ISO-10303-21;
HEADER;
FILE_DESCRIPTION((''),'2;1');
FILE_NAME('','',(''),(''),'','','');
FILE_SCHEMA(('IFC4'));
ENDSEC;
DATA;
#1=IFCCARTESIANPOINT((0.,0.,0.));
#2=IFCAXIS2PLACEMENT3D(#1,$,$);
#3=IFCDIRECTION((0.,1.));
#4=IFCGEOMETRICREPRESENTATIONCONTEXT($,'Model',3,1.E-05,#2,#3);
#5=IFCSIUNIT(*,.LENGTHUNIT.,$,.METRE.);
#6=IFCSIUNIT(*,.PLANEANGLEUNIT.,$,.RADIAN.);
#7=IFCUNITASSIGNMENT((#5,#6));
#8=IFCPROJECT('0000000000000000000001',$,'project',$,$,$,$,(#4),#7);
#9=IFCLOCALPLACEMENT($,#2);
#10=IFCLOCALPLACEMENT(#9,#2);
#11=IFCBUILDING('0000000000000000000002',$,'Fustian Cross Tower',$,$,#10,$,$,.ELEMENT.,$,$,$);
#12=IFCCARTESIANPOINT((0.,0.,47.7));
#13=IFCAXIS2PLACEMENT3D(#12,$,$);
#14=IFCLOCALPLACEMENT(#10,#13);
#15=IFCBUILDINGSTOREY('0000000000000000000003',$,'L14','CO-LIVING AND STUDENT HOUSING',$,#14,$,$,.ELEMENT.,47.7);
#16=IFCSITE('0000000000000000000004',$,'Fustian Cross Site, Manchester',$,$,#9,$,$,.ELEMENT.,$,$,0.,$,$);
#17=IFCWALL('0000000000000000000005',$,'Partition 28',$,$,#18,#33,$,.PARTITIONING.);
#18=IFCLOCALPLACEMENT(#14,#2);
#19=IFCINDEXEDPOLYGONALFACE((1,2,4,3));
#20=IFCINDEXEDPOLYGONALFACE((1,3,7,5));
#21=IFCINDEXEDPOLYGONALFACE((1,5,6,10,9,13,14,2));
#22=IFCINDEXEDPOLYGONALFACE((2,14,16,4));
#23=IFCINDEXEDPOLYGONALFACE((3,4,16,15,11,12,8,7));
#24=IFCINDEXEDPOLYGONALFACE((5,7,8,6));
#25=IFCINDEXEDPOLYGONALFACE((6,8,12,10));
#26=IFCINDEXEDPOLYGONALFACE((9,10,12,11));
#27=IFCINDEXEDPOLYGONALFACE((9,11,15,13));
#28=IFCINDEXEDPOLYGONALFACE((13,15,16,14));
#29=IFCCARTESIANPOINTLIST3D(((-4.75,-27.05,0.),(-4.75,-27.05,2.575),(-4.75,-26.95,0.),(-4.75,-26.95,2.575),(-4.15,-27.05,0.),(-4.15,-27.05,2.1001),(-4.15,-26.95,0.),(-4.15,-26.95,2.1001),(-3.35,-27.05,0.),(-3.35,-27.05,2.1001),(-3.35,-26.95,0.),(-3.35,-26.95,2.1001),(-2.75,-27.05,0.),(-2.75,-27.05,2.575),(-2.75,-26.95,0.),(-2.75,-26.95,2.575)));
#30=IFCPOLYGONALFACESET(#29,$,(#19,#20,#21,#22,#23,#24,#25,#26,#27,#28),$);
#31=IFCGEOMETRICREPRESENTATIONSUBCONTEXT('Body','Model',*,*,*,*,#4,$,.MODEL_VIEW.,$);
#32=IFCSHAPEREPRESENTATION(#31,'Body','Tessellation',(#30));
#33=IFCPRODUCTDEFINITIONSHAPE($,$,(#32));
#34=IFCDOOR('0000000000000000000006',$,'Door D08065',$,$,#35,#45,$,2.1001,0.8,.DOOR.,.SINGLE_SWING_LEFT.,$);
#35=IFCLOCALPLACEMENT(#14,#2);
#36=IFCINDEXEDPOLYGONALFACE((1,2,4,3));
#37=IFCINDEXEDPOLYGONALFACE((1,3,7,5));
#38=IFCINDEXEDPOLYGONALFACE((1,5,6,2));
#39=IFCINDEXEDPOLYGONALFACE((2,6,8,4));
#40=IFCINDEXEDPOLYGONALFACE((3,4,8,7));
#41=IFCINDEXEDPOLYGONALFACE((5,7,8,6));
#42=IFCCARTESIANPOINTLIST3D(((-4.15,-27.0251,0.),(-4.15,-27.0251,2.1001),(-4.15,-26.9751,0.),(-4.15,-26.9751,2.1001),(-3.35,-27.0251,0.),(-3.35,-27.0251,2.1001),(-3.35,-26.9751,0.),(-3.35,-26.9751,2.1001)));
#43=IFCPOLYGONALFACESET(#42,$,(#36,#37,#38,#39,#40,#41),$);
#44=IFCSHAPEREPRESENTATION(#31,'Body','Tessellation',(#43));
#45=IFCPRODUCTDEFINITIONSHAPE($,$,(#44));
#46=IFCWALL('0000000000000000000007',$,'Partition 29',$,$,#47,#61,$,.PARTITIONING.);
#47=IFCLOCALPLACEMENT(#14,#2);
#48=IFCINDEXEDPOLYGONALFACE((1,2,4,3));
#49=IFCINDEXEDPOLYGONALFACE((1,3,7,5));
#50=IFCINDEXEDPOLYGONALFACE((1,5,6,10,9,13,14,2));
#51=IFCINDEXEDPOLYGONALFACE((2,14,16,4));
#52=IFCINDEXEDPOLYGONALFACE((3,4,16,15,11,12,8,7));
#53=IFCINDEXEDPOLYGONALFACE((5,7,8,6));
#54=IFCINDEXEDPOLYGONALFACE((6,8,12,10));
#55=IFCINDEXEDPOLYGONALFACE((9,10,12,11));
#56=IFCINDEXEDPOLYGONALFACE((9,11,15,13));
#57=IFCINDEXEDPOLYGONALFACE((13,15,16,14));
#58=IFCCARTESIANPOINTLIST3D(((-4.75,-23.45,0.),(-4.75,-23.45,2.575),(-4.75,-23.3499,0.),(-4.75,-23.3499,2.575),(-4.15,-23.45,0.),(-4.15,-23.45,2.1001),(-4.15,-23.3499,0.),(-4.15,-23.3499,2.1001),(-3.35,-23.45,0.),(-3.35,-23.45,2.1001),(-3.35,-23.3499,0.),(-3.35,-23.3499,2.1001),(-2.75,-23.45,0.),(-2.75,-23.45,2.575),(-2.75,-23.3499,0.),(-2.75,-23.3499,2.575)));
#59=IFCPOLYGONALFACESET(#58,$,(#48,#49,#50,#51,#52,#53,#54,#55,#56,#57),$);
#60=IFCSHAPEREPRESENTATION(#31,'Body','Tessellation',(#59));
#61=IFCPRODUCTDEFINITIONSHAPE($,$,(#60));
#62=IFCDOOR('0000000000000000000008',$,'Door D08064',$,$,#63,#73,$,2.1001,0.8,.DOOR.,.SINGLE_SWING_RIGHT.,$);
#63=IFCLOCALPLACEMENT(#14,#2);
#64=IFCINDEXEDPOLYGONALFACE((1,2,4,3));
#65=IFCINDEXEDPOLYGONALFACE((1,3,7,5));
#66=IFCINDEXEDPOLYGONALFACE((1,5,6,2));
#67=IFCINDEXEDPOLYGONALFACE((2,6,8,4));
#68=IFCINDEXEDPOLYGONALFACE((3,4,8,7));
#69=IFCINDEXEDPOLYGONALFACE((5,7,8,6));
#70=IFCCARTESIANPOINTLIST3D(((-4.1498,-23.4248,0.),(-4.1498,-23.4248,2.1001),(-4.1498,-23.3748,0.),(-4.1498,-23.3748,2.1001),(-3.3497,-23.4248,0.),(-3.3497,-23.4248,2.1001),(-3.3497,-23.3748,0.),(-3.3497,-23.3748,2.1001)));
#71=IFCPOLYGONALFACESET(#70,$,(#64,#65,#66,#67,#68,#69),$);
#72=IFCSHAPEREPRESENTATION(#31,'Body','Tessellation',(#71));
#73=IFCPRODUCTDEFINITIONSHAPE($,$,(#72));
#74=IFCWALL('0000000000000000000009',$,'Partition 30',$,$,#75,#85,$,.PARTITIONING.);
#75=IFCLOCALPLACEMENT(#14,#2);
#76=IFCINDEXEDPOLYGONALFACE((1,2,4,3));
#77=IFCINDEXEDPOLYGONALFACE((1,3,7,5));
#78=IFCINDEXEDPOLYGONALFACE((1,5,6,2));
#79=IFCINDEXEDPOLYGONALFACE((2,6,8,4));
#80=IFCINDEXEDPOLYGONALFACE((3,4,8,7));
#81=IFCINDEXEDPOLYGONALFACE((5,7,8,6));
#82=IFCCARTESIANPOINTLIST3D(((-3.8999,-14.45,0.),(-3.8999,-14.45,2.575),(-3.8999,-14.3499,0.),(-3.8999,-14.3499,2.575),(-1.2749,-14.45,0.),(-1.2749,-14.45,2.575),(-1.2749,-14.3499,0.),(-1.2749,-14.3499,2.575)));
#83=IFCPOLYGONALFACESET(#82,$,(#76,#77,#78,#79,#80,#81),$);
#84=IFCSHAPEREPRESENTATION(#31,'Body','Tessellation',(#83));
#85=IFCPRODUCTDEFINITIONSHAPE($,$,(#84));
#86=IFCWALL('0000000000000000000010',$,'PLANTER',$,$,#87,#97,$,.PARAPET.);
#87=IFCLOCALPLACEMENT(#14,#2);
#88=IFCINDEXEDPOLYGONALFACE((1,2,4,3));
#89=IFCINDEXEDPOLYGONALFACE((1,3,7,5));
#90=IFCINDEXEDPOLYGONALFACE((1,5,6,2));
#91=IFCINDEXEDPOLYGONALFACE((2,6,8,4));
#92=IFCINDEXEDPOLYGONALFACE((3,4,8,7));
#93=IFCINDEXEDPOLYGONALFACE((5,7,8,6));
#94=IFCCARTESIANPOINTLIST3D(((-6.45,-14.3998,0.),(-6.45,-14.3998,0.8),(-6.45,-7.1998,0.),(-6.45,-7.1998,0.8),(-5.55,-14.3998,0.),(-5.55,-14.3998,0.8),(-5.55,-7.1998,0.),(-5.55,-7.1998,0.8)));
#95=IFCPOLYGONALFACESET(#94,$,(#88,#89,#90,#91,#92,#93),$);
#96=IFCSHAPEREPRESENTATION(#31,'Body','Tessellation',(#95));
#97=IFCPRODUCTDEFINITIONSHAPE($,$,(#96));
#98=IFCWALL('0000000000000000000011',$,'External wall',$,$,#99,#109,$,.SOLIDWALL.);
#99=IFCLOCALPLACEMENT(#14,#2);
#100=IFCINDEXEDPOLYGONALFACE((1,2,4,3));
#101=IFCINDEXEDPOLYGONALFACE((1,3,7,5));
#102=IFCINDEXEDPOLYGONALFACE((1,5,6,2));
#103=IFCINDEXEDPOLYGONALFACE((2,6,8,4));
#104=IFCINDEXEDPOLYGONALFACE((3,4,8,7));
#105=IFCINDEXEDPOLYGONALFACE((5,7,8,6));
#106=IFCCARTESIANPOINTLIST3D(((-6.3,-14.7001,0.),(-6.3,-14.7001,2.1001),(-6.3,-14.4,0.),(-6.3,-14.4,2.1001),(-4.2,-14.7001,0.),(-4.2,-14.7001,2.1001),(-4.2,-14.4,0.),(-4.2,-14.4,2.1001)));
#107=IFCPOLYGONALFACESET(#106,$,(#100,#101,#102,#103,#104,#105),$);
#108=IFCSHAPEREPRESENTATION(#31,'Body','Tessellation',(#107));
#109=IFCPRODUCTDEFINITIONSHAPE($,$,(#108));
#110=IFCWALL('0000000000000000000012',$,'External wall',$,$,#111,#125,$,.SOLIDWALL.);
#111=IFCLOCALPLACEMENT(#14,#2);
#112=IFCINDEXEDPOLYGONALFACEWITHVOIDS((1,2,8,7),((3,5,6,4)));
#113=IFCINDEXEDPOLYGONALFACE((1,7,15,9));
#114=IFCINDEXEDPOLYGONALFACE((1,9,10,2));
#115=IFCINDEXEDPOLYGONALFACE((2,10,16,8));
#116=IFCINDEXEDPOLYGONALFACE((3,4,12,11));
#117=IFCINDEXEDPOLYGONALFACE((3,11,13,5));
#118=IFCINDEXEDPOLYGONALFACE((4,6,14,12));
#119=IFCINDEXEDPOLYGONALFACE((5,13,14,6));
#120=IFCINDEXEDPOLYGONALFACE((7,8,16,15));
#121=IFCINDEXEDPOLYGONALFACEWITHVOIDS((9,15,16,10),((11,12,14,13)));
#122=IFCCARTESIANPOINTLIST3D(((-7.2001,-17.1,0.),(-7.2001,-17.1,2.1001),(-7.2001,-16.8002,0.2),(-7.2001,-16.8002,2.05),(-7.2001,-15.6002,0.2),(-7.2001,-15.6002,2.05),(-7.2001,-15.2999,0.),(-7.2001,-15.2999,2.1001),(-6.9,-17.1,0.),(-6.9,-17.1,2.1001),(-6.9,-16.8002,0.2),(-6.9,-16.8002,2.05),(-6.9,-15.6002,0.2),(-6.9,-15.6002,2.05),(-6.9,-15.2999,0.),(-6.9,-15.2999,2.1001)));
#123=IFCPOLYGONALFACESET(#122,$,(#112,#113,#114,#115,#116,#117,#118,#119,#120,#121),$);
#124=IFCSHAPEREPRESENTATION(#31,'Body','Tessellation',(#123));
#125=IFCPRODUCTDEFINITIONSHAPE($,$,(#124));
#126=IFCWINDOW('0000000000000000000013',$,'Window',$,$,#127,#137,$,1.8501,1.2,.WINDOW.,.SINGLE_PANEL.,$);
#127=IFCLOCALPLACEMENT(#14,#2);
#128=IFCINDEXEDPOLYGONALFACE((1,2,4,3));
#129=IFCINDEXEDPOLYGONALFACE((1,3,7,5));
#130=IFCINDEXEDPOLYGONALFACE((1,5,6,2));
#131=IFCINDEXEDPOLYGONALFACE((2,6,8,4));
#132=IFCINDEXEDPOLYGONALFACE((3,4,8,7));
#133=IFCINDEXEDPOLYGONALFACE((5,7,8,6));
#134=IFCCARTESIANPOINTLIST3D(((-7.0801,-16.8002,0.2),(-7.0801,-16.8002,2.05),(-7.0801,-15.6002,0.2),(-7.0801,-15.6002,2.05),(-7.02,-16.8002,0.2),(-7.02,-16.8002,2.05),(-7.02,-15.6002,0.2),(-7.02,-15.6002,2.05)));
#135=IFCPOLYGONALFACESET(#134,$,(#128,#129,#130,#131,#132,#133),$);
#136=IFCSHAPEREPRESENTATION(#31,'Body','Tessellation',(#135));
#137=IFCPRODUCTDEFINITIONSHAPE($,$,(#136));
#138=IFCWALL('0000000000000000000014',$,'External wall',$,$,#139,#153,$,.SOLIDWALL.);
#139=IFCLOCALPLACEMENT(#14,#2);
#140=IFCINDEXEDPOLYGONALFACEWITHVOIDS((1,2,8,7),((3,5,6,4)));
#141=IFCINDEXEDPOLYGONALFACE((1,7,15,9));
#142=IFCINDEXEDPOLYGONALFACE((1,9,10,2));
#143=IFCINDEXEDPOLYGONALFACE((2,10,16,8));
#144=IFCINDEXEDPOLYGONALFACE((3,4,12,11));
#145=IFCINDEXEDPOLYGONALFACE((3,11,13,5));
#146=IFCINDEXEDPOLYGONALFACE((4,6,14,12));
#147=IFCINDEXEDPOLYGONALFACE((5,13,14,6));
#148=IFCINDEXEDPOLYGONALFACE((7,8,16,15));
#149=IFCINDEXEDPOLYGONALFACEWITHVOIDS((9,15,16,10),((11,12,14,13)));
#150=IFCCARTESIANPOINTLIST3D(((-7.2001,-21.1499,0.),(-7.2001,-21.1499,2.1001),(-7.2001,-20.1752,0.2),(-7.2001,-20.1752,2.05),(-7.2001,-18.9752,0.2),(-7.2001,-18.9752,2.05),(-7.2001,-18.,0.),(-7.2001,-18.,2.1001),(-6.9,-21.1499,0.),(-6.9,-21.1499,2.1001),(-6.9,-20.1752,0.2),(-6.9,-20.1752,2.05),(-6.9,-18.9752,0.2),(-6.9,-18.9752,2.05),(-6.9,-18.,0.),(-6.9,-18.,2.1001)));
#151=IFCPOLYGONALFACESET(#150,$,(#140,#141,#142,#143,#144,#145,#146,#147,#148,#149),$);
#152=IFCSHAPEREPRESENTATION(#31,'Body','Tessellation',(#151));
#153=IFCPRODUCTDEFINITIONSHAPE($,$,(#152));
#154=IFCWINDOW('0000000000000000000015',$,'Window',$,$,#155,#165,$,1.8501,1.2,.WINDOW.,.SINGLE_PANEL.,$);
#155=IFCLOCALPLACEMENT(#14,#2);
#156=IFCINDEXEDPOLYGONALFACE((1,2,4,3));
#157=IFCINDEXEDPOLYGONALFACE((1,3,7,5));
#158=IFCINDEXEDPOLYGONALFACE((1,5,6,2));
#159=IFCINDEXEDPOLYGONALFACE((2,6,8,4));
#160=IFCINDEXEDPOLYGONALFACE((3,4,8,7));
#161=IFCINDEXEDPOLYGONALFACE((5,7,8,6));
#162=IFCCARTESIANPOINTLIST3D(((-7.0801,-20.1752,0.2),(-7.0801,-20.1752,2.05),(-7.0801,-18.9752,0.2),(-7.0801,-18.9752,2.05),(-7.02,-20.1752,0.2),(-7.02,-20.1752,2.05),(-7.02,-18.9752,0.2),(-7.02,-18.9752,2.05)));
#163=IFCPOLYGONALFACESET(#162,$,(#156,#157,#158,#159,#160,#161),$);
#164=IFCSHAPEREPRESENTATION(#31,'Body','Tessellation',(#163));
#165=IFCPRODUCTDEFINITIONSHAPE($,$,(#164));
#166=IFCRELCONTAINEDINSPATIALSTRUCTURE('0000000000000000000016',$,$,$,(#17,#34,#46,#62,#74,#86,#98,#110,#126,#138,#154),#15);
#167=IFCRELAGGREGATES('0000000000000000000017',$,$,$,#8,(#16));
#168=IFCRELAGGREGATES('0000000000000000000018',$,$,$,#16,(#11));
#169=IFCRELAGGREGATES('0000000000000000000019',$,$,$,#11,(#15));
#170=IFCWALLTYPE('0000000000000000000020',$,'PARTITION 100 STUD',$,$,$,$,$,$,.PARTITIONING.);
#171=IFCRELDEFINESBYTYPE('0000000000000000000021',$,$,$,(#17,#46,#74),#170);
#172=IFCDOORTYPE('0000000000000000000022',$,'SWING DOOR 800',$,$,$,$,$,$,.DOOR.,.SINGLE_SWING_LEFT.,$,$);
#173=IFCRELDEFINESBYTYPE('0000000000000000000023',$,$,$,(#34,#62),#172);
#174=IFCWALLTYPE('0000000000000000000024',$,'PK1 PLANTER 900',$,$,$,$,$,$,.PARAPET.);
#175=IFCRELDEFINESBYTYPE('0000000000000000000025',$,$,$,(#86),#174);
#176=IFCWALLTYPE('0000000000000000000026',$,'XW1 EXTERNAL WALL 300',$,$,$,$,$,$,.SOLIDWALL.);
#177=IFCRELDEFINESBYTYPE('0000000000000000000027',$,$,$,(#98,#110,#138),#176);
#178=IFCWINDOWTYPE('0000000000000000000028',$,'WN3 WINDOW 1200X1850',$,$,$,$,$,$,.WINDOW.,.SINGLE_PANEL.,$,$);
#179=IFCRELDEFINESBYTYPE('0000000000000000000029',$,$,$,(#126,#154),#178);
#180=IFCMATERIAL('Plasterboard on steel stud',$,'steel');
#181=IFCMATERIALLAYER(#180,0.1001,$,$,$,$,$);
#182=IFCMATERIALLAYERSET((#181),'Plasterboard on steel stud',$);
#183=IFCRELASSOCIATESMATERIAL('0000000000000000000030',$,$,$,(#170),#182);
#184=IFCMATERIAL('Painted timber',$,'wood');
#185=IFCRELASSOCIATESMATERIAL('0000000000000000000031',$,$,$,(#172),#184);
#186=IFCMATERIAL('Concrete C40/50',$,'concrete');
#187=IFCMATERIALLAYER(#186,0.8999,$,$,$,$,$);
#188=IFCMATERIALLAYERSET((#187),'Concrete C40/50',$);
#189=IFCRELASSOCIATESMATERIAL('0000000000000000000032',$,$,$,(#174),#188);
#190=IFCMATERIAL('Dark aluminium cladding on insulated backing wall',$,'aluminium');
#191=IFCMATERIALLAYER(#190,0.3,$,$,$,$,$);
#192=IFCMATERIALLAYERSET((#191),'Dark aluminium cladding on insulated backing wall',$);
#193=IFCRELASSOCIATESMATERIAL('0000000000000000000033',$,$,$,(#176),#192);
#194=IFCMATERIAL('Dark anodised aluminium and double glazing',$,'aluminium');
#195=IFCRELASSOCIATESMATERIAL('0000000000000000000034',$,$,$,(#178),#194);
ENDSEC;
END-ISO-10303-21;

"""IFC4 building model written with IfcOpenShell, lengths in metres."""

from ifc_helpers import new_model, si_unit, direction, frame, frame_2d, origin, place, context, subcontext, project, spatial, rectangle, extrude, material, layer, layer_set, type_object, element, fill, save


model = new_model("IFC4")

# Units and contexts
model_context = context("Model", 3, precision=1e-05, world=origin(), true_north=direction((0.0, 1.0)))
body_context = subcontext(model_context, "Body", "Model", "MODEL_VIEW")
ifc_project = project(units=[si_unit("LENGTHUNIT", "METRE"), si_unit("PLANEANGLEUNIT", "RADIAN")], contexts=[model_context])

# Site, building, storey
site_placement = place(None, origin())
site = spatial("IfcSite", under=ifc_project, at=site_placement, Name="Fustian Cross Site, Manchester", CompositionType="ELEMENT", RefElevation=0.0)
building_placement = place(site_placement, origin())
building = spatial("IfcBuilding", under=site, at=building_placement, Name="Fustian Cross Tower", CompositionType="ELEMENT")
storey_placement = place(building_placement, frame((0.0, 0.0, 47.7)))
storey = spatial("IfcBuildingStorey", under=building, at=storey_placement, Name="L14", Description="CO-LIVING AND STUDENT HOUSING", CompositionType="ELEMENT", Elevation=47.7)

# Shared definitions
ifc_material_1 = material(Name="Plasterboard on steel stud", Category="steel")
ifc_layer_1 = layer(ifc_material_1, 0.1001)
ifc_layer_set_1 = layer_set([ifc_layer_1], Name="Plasterboard on steel stud")
wall_type_1 = type_object("IfcWallType", Name="PARTITION 100 STUD", PredefinedType="PARTITIONING", material=ifc_layer_set_1)

# Walls, openings, doors
wall_1_placement = place(storey_placement, frame((-4.75, -27.0, 0.0), z_axis=(0.0, 0.0, 1.0), x_axis=(1.0, 0.0, 0.0)))
wall_1 = element("IfcWall", 1, at=wall_1_placement, inside=storey, type_object=wall_type_1, Name="Partition 28", PredefinedType="PARTITIONING", context=body_context, shape_type="SweptSolid", body=[
    extrude(rectangle(XDim=2.0, YDim=0.1001, at=frame_2d((1.0, 0.0))), origin(), (0.0, 0.0, 1.0), 2.575),
])
opening_1_placement = place(wall_1_placement, frame((0.6001, 0.0, 0.0)))
opening_1 = element("IfcOpeningElement", 2, at=opening_1_placement, cuts=wall_1, PredefinedType="OPENING", context=body_context, shape_type="SweptSolid", body=[
    extrude(rectangle(XDim=0.8, YDim=2.1001, at=frame_2d((0.3999, 1.05))), frame((0.0, 0.0601, 0.0), z_axis=(0.0, -1.0, 0.0), x_axis=(1.0, 0.0, 0.0)), (0.0, 0.0, 1.0), 0.1201),
])
ifc_material_2 = material(Name="Painted timber", Category="wood")
door_type_1 = type_object("IfcDoorType", Name="SWING DOOR 800", OperationType="SINGLE_SWING_LEFT", PredefinedType="DOOR", material=ifc_material_2)
door_1_placement = place(opening_1_placement, origin())
door_1 = element("IfcDoor", 3, at=door_1_placement, inside=storey, type_object=door_type_1, Name="Door D08065", OperationType="SINGLE_SWING_LEFT", OverallHeight=2.1001, OverallWidth=0.8, PredefinedType="DOOR", context=body_context, shape_type="SweptSolid", body=[
    extrude(rectangle(XDim=0.8, YDim=2.1001, at=frame_2d((0.3999, 1.05))), frame((0.0, 0.0249, 0.0), z_axis=(0.0, -1.0, 0.0), x_axis=(1.0, 0.0, 0.0)), (0.0, 0.0, 1.0), 0.05),
])
fill(opening_1, door_1)
wall_2_placement = place(storey_placement, frame((-4.75, -23.3999, 0.0), z_axis=(0.0, 0.0, 1.0), x_axis=(1.0, 0.0, 0.0)))
wall_2 = element("IfcWall", 4, at=wall_2_placement, inside=storey, type_object=wall_type_1, Name="Partition 29", PredefinedType="PARTITIONING", context=body_context, shape_type="SweptSolid", body=[
    extrude(rectangle(XDim=2.0, YDim=0.1001, at=frame_2d((1.0, 0.0))), origin(), (0.0, 0.0, 1.0), 2.575),
])
opening_2_placement = place(wall_2_placement, frame((0.6001, 0.0, 0.0)))
opening_2 = element("IfcOpeningElement", 5, at=opening_2_placement, cuts=wall_2, PredefinedType="OPENING", context=body_context, shape_type="SweptSolid", body=[
    extrude(rectangle(XDim=0.8, YDim=2.1001, at=frame_2d((0.3999, 1.05))), frame((0.0, 0.0601, 0.0), z_axis=(0.0, -1.0, 0.0), x_axis=(1.0, 0.0, 0.0)), (0.0, 0.0, 1.0), 0.1201),
])
door_2_placement = place(opening_2_placement, frame((0.8, 0.0, 0.0), z_axis=(0.0, 0.0, 1.0), x_axis=(-1.0, 0.0, 0.0)))
door_2 = element("IfcDoor", 6, at=door_2_placement, inside=storey, type_object=door_type_1, Name="Door D08064", OperationType="SINGLE_SWING_RIGHT", OverallHeight=2.1001, OverallWidth=0.8, PredefinedType="DOOR", context=body_context, shape_type="SweptSolid", body=[
    extrude(rectangle(XDim=0.8, YDim=2.1001, at=frame_2d((0.3999, 1.05))), frame((0.0, 0.0249, 0.0), z_axis=(0.0, -1.0, 0.0), x_axis=(1.0, 0.0, 0.0)), (0.0, 0.0, 1.0), 0.05),
])
fill(opening_2, door_2)

# Walls
wall_3_placement = place(storey_placement, frame((-3.8999, -14.3999, 0.0), z_axis=(0.0, 0.0, 1.0), x_axis=(1.0, 0.0, 0.0)))
element("IfcWall", 7, at=wall_3_placement, inside=storey, type_object=wall_type_1, Name="Partition 30", PredefinedType="PARTITIONING", context=body_context, shape_type="SweptSolid", body=[
    extrude(rectangle(XDim=2.625, YDim=0.1001, at=frame_2d((1.3125, 0.0))), origin(), (0.0, 0.0, 1.0), 2.575),
])
ifc_material_3 = material(Name="Concrete C40/50", Category="concrete")
ifc_layer_2 = layer(ifc_material_3, 0.8999)
ifc_layer_set_2 = layer_set([ifc_layer_2], Name="Concrete C40/50")
wall_type_2 = type_object("IfcWallType", Name="PK1 PLANTER 900", PredefinedType="PARAPET", material=ifc_layer_set_2)
wall_4_placement = place(storey_placement, frame((-6.0, -14.3999, 0.0), z_axis=(0.0, 0.0, 1.0), x_axis=(0.0, 1.0, 0.0)))
element("IfcWall", 8, at=wall_4_placement, inside=storey, type_object=wall_type_2, Name="PLANTER", PredefinedType="PARAPET", context=body_context, shape_type="SweptSolid", body=[
    extrude(rectangle(XDim=7.2, YDim=0.8999, at=frame_2d((3.6001, 0.0))), origin(), (0.0, 0.0, 1.0), 0.8),
])
ifc_material_4 = material(Name="Dark aluminium cladding on insulated backing wall", Category="aluminium")
ifc_layer_3 = layer(ifc_material_4, 0.3)
ifc_layer_set_3 = layer_set([ifc_layer_3], Name="Dark aluminium cladding on insulated backing wall")
wall_type_3 = type_object("IfcWallType", Name="XW1 EXTERNAL WALL 300", PredefinedType="SOLIDWALL", material=ifc_layer_set_3)
wall_5_placement = place(storey_placement, frame((-4.2, -14.55, 0.0), z_axis=(0.0, 0.0, 1.0), x_axis=(-1.0, 0.0, 0.0)))
element("IfcWall", 9, at=wall_5_placement, inside=storey, type_object=wall_type_3, Name="External wall", PredefinedType="SOLIDWALL", context=body_context, shape_type="SweptSolid", body=[
    extrude(rectangle(XDim=2.1001, YDim=0.3, at=frame_2d((1.05, 0.0))), origin(), (0.0, 0.0, 1.0), 2.1001),
])

# Walls, openings, windows
wall_6_placement = place(storey_placement, frame((-7.05, -15.3, 0.0), z_axis=(0.0, 0.0, 1.0), x_axis=(0.0, -1.0, 0.0)))
wall_6 = element("IfcWall", 10, at=wall_6_placement, inside=storey, type_object=wall_type_3, Name="External wall", PredefinedType="SOLIDWALL", context=body_context, shape_type="SweptSolid", body=[
    extrude(rectangle(XDim=1.8, YDim=0.3, at=frame_2d((0.8999, 0.0))), origin(), (0.0, 0.0, 1.0), 2.1001),
])
opening_3_placement = place(wall_6_placement, frame((0.3, 0.0, 0.2)))
opening_3 = element("IfcOpeningElement", 11, at=opening_3_placement, cuts=wall_6, PredefinedType="OPENING", context=body_context, shape_type="SweptSolid", body=[
    extrude(rectangle(XDim=1.2, YDim=1.8501, at=frame_2d((0.6001, 0.925))), frame((0.0, 0.1599, 0.0), z_axis=(0.0, -1.0, 0.0), x_axis=(1.0, 0.0, 0.0)), (0.0, 0.0, 1.0), 0.3201),
])
ifc_material_5 = material(Name="Dark anodised aluminium and double glazing", Category="aluminium")
window_type = type_object("IfcWindowType", Name="WN3 WINDOW 1200X1850", PartitioningType="SINGLE_PANEL", PredefinedType="WINDOW", material=ifc_material_5)
window_1_placement = place(opening_3_placement, origin())
window_1 = element("IfcWindow", 12, at=window_1_placement, inside=storey, type_object=window_type, Name="Window", OverallHeight=1.8501, OverallWidth=1.2, PartitioningType="SINGLE_PANEL", PredefinedType="WINDOW", context=body_context, shape_type="SweptSolid", body=[
    extrude(rectangle(XDim=1.2, YDim=1.8501, at=frame_2d((0.6001, 0.925))), frame((0.0, 0.03, 0.0), z_axis=(0.0, -1.0, 0.0), x_axis=(1.0, 0.0, 0.0)), (0.0, 0.0, 1.0), 0.0601),
])
fill(opening_3, window_1)
wall_7_placement = place(storey_placement, frame((-7.05, -18.0, 0.0), z_axis=(0.0, 0.0, 1.0), x_axis=(0.0, -1.0, 0.0)))
wall_7 = element("IfcWall", 13, at=wall_7_placement, inside=storey, type_object=wall_type_3, Name="External wall", PredefinedType="SOLIDWALL", context=body_context, shape_type="SweptSolid", body=[
    extrude(rectangle(XDim=3.1499, YDim=0.3, at=frame_2d((1.575, 0.0))), origin(), (0.0, 0.0, 1.0), 2.1001),
])
opening_4_placement = place(wall_7_placement, frame((0.9751, 0.0, 0.2)))
opening_4 = element("IfcOpeningElement", 14, at=opening_4_placement, cuts=wall_7, PredefinedType="OPENING", context=body_context, shape_type="SweptSolid", body=[
    extrude(rectangle(XDim=1.2, YDim=1.8501, at=frame_2d((0.6001, 0.925))), frame((0.0, 0.1599, 0.0), z_axis=(0.0, -1.0, 0.0), x_axis=(1.0, 0.0, 0.0)), (0.0, 0.0, 1.0), 0.3201),
])
window_2_placement = place(opening_4_placement, origin())
window_2 = element("IfcWindow", 15, at=window_2_placement, inside=storey, type_object=window_type, Name="Window", OverallHeight=1.8501, OverallWidth=1.2, PartitioningType="SINGLE_PANEL", PredefinedType="WINDOW", context=body_context, shape_type="SweptSolid", body=[
    extrude(rectangle(XDim=1.2, YDim=1.8501, at=frame_2d((0.6001, 0.925))), frame((0.0, 0.03, 0.0), z_axis=(0.0, -1.0, 0.0), x_axis=(1.0, 0.0, 0.0)), (0.0, 0.0, 1.0), 0.0601),
])
fill(opening_4, window_2)

save(model, "model.ifc")
